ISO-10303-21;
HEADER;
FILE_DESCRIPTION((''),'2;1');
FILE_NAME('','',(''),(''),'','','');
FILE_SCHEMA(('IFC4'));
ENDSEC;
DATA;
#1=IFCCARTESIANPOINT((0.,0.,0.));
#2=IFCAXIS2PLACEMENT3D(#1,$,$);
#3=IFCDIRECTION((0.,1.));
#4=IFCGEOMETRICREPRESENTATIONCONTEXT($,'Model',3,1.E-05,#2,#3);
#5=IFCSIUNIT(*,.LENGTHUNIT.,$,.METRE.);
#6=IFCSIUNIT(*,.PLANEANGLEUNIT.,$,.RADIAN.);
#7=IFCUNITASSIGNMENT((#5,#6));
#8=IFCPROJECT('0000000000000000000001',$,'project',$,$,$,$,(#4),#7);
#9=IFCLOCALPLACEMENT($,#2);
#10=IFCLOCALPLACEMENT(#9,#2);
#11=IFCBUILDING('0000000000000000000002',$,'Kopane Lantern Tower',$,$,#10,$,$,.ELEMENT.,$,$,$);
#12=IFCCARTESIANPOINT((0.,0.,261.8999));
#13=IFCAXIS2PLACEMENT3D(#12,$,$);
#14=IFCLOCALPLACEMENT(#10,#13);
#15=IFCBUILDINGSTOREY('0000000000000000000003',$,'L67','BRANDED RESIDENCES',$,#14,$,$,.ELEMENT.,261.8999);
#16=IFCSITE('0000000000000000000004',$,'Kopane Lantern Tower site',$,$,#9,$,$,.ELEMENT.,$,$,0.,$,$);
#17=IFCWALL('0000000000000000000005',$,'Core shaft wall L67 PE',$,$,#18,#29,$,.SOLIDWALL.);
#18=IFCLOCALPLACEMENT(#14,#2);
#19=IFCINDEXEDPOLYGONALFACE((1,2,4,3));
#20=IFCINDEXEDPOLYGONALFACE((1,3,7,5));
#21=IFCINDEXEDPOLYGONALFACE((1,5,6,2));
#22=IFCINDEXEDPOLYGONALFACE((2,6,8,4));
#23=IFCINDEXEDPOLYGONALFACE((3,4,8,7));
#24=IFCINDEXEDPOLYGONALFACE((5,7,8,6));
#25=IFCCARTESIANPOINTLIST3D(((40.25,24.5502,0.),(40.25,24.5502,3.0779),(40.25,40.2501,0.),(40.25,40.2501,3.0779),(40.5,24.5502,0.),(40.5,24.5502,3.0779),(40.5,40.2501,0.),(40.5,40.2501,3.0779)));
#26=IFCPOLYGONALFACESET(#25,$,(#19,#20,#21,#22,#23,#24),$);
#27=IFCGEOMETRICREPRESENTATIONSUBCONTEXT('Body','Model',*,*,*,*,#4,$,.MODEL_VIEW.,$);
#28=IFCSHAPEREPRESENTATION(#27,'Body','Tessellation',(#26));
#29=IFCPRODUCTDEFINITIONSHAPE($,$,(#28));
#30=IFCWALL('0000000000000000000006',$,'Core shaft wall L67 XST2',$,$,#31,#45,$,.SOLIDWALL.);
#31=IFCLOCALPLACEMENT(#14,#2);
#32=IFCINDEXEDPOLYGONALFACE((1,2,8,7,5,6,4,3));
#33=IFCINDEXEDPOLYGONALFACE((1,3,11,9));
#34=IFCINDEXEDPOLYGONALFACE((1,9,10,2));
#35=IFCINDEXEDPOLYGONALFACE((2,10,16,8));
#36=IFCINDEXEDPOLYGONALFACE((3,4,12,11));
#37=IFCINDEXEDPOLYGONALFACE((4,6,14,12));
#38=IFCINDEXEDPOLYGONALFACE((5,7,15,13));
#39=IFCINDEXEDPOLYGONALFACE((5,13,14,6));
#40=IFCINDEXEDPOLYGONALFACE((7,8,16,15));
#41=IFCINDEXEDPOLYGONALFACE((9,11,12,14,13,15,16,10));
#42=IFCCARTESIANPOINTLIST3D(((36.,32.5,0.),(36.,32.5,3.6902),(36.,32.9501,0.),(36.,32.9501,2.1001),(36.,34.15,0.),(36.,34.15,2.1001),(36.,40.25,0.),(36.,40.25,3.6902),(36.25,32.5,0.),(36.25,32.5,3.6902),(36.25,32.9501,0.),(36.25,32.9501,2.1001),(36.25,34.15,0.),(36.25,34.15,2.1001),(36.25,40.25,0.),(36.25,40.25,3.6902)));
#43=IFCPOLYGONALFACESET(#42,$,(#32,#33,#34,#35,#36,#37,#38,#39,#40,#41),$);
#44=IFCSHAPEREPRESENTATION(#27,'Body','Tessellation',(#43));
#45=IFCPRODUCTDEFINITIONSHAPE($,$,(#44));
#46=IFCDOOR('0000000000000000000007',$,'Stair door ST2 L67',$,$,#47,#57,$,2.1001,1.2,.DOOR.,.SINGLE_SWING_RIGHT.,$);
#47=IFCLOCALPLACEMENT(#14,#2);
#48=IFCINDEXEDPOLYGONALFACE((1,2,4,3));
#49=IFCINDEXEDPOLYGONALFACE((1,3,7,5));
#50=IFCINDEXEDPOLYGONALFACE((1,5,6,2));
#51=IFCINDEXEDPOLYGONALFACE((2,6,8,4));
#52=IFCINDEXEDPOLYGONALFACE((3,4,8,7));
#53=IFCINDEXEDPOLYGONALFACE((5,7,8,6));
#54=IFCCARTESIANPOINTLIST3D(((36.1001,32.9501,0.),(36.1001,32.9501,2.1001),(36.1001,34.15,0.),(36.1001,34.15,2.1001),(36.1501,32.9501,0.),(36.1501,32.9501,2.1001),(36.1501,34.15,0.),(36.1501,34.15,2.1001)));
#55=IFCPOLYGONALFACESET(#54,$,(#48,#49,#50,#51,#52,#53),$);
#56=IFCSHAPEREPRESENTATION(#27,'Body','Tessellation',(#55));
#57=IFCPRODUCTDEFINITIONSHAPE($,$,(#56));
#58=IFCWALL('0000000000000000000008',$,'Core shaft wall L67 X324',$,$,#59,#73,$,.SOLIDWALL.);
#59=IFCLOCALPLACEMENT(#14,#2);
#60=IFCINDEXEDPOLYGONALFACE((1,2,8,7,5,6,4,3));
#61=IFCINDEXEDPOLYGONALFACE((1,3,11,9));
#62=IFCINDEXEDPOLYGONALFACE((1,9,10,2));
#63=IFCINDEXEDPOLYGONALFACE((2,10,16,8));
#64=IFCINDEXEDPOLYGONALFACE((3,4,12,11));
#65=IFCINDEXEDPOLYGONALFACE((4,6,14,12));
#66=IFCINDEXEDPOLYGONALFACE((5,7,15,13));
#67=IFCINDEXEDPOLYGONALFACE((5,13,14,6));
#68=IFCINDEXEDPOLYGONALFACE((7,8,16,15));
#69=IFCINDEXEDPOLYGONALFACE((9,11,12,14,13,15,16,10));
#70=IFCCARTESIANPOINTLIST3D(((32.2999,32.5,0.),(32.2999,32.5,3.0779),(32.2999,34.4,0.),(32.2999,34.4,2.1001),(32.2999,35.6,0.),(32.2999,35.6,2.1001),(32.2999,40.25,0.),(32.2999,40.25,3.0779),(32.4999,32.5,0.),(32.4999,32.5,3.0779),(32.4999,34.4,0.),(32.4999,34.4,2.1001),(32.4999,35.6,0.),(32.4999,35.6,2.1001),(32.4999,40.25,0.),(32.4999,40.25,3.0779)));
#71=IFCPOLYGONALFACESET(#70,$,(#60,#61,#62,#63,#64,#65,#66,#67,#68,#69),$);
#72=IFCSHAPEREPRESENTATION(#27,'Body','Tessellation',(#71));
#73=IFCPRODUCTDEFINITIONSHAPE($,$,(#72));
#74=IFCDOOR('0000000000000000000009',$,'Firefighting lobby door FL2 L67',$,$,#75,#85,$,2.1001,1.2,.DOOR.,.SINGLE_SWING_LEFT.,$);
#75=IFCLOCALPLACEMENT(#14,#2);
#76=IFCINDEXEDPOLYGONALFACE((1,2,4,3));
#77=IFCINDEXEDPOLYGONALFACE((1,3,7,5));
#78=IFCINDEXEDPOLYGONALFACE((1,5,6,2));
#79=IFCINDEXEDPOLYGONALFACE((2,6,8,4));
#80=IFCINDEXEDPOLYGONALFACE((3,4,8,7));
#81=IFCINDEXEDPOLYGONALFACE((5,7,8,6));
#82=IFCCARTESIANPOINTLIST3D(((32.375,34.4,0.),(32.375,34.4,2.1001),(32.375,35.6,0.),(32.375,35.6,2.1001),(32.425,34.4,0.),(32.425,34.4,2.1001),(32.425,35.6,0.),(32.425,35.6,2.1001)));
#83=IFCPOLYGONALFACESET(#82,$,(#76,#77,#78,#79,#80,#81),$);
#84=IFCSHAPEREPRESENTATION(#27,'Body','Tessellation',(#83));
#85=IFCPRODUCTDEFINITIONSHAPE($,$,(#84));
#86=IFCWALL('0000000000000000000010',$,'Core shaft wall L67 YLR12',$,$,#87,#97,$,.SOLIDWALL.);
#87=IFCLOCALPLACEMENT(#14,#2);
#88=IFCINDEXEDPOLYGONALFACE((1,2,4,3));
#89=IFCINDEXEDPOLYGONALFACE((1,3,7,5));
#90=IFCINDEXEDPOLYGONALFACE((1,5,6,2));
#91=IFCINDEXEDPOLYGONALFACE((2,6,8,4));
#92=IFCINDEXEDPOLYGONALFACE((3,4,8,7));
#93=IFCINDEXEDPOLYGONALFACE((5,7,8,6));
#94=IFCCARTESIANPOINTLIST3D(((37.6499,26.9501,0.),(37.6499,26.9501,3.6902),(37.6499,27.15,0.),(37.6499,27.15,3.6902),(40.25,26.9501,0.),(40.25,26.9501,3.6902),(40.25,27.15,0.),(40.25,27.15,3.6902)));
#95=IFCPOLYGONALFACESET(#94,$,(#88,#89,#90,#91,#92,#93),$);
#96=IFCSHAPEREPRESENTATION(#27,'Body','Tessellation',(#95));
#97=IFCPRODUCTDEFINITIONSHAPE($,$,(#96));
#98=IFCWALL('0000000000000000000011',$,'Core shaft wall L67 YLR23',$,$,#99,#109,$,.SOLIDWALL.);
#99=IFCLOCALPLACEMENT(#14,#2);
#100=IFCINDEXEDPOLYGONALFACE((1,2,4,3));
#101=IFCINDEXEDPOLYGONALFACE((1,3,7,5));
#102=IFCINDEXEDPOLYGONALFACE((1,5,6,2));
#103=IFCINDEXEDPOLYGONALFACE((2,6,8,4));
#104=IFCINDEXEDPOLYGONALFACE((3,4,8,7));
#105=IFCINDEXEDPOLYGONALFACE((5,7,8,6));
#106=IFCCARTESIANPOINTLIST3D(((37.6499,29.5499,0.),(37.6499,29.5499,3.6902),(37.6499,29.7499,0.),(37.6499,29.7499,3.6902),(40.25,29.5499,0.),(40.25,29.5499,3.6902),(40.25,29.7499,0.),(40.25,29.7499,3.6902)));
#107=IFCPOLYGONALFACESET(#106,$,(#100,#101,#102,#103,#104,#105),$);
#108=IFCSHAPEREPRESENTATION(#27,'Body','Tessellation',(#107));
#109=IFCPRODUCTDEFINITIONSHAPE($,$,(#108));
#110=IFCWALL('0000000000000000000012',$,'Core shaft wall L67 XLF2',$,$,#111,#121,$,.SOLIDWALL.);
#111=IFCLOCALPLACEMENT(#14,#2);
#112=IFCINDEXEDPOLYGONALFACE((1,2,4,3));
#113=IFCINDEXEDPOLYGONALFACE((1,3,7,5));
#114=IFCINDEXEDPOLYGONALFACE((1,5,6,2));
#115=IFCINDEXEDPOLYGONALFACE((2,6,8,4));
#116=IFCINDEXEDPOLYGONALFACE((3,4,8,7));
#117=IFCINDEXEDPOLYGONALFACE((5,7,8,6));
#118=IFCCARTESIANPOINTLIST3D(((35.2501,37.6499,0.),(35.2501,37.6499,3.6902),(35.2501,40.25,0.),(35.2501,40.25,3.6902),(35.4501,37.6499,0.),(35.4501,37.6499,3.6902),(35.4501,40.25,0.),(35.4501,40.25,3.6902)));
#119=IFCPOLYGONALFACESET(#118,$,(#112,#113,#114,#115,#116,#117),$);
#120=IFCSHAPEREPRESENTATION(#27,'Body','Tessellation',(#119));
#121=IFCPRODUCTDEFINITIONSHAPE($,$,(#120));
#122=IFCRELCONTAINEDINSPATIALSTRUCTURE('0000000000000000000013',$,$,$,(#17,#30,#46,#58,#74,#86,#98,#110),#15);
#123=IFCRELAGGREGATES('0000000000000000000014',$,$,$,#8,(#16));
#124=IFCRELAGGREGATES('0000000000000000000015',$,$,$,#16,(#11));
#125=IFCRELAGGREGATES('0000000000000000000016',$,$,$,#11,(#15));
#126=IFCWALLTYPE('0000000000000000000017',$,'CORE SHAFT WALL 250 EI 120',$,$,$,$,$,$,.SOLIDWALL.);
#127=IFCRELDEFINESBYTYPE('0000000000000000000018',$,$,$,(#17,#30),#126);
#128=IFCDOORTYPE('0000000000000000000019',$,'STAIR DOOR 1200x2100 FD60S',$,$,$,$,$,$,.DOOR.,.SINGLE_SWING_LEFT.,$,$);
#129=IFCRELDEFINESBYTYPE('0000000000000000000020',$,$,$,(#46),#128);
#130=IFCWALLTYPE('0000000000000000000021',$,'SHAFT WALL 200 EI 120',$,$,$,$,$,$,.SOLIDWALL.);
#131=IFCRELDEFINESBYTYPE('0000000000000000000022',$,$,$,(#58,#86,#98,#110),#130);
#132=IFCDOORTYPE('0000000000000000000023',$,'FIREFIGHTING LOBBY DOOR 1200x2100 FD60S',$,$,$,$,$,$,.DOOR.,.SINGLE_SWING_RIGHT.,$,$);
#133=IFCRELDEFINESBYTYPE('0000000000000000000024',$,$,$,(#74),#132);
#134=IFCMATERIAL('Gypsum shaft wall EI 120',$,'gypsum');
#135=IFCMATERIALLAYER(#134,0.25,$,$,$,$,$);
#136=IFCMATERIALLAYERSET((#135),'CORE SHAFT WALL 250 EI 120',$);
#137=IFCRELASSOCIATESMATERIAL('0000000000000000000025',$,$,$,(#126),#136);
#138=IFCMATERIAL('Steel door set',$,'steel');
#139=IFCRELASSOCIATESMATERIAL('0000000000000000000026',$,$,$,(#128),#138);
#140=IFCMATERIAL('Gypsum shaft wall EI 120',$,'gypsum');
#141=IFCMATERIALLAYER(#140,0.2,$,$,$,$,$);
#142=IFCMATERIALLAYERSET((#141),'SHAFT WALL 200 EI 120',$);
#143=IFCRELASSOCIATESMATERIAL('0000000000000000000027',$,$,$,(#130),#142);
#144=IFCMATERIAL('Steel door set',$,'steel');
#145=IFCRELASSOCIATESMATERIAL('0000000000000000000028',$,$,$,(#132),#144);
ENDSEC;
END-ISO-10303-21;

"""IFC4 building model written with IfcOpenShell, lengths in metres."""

from ifc_helpers import new_model, si_unit, direction, frame, frame_2d, origin, place, context, subcontext, project, spatial, rectangle, extrude, material, layer, layer_set, type_object, element, fill, save


model = new_model("IFC4")

# Units and contexts
model_context = context("Model", 3, precision=1e-05, world=origin(), true_north=direction((0.0, 1.0)))
body_context = subcontext(model_context, "Body", "Model", "MODEL_VIEW")
ifc_project = project(units=[si_unit("LENGTHUNIT", "METRE"), si_unit("PLANEANGLEUNIT", "RADIAN")], contexts=[model_context])

# Site, building, storey
site_placement = place(None, origin())
site = spatial("IfcSite", under=ifc_project, at=site_placement, Name="Kopane Lantern Tower site", CompositionType="ELEMENT", RefElevation=0.0)
building_placement = place(site_placement, origin())
building = spatial("IfcBuilding", under=site, at=building_placement, Name="Kopane Lantern Tower", CompositionType="ELEMENT")
storey_placement = place(building_placement, frame((0.0, 0.0, 261.8999)))
storey = spatial("IfcBuildingStorey", under=building, at=storey_placement, Name="L67", Description="BRANDED RESIDENCES", CompositionType="ELEMENT", Elevation=261.8999)

# Wall
ifc_material_1 = material(Name="Gypsum shaft wall EI 120", Category="gypsum")
ifc_layer_1 = layer(ifc_material_1, 0.25)
ifc_layer_set_1 = layer_set([ifc_layer_1], Name="CORE SHAFT WALL 250 EI 120")
wall_type_1 = type_object("IfcWallType", Name="CORE SHAFT WALL 250 EI 120", PredefinedType="SOLIDWALL", material=ifc_layer_set_1)
wall_1_placement = place(storey_placement, frame((40.375, 24.55, 0.0), z_axis=(0.0, 0.0, 1.0), x_axis=(0.0, 1.0, 0.0)))
element("IfcWall", 1, at=wall_1_placement, inside=storey, type_object=wall_type_1, Name="Core shaft wall L67 PE", PredefinedType="SOLIDWALL", context=body_context, shape_type="SweptSolid", body=[
    extrude(rectangle(XDim=15.7, YDim=0.25, at=frame_2d((7.8501, 0.0))), origin(), (0.0, 0.0, 1.0), 3.0779),
])

# Walls, openings, doors
wall_2_placement = place(storey_placement, frame((36.125, 32.5, 0.0), z_axis=(0.0, 0.0, 1.0), x_axis=(0.0, 1.0, 0.0)))
wall_2 = element("IfcWall", 2, at=wall_2_placement, inside=storey, type_object=wall_type_1, Name="Core shaft wall L67 XST2", PredefinedType="SOLIDWALL", context=body_context, shape_type="SweptSolid", body=[
    extrude(rectangle(XDim=7.75, YDim=0.25, at=frame_2d((3.875, 0.0))), origin(), (0.0, 0.0, 1.0), 3.6902),
])
opening_1_placement = place(wall_2_placement, frame((0.45, 0.0, 0.0)))
opening_1 = element("IfcOpeningElement", 3, at=opening_1_placement, cuts=wall_2, PredefinedType="OPENING", context=body_context, shape_type="SweptSolid", body=[
    extrude(rectangle(XDim=1.2, YDim=2.1001, at=frame_2d((0.6001, 1.05))), frame((0.0, 0.135, 0.0), z_axis=(0.0, -1.0, 0.0), x_axis=(1.0, 0.0, 0.0)), (0.0, 0.0, 1.0), 0.27),
])
ifc_material_2 = material(Name="Steel door set", Category="steel")
door_type_1 = type_object("IfcDoorType", Name="STAIR DOOR 1200x2100 FD60S", OperationType="SINGLE_SWING_LEFT", PredefinedType="DOOR", material=ifc_material_2)
door_1_placement = place(opening_1_placement, origin())
door_1 = element("IfcDoor", 4, at=door_1_placement, inside=storey, type_object=door_type_1, Name="Stair door ST2 L67", OperationType="SINGLE_SWING_RIGHT", OverallHeight=2.1001, OverallWidth=1.2, PredefinedType="DOOR", context=body_context, shape_type="SweptSolid", body=[
    extrude(rectangle(XDim=1.2, YDim=2.1001, at=frame_2d((0.6001, 1.05))), frame((0.0, 0.0249, 0.0), z_axis=(0.0, -1.0, 0.0), x_axis=(1.0, 0.0, 0.0)), (0.0, 0.0, 1.0), 0.05),
])
fill(opening_1, door_1)
ifc_material_3 = material(Name="Gypsum shaft wall EI 120", Category="gypsum")
ifc_layer_2 = layer(ifc_material_3, 0.2)
ifc_layer_set_2 = layer_set([ifc_layer_2], Name="SHAFT WALL 200 EI 120")
wall_type_2 = type_object("IfcWallType", Name="SHAFT WALL 200 EI 120", PredefinedType="SOLIDWALL", material=ifc_layer_set_2)
wall_3_placement = place(storey_placement, frame((32.3999, 32.5, 0.0), z_axis=(0.0, 0.0, 1.0), x_axis=(0.0, 1.0, 0.0)))
wall_3 = element("IfcWall", 5, at=wall_3_placement, inside=storey, type_object=wall_type_2, Name="Core shaft wall L67 X324", PredefinedType="SOLIDWALL", context=body_context, shape_type="SweptSolid", body=[
    extrude(rectangle(XDim=7.75, YDim=0.2, at=frame_2d((3.875, 0.0))), origin(), (0.0, 0.0, 1.0), 3.0779),
])
opening_2_placement = place(wall_3_placement, frame((1.8999, 0.0, 0.0)))
opening_2 = element("IfcOpeningElement", 6, at=opening_2_placement, cuts=wall_3, PredefinedType="OPENING", context=body_context, shape_type="SweptSolid", body=[
    extrude(rectangle(XDim=1.2, YDim=2.1001, at=frame_2d((0.6001, 1.05))), frame((0.0, 0.1099, 0.0), z_axis=(0.0, -1.0, 0.0), x_axis=(1.0, 0.0, 0.0)), (0.0, 0.0, 1.0), 0.22),
])
ifc_material_4 = material(Name="Steel door set", Category="steel")
door_type_2 = type_object("IfcDoorType", Name="FIREFIGHTING LOBBY DOOR 1200x2100 FD60S", OperationType="SINGLE_SWING_RIGHT", PredefinedType="DOOR", material=ifc_material_4)
door_2_placement = place(opening_2_placement, origin())
door_2 = element("IfcDoor", 7, at=door_2_placement, inside=storey, type_object=door_type_2, Name="Firefighting lobby door FL2 L67", OperationType="SINGLE_SWING_LEFT", OverallHeight=2.1001, OverallWidth=1.2, PredefinedType="DOOR", context=body_context, shape_type="SweptSolid", body=[
    extrude(rectangle(XDim=1.2, YDim=2.1001, at=frame_2d((0.6001, 1.05))), frame((0.0, 0.0249, 0.0), z_axis=(0.0, -1.0, 0.0), x_axis=(1.0, 0.0, 0.0)), (0.0, 0.0, 1.0), 0.05),
])
fill(opening_2, door_2)

# Walls
for number, where, z_axis, x_axis, name in (
    (8, (37.6499, 27.05, 0.0), (0.0, 0.0, 1.0), (1.0, 0.0, 0.0), "Core shaft wall L67 YLR12"),
    (9, (37.6499, 29.6499, 0.0), (0.0, 0.0, 1.0), (1.0, 0.0, 0.0), "Core shaft wall L67 YLR23"),
    (10, (35.3501, 37.6499, 0.0), (0.0, 0.0, 1.0), (0.0, 1.0, 0.0), "Core shaft wall L67 XLF2"),
):
    element("IfcWall", number, at=place(storey_placement, frame(where, z_axis=z_axis, x_axis=x_axis)), inside=storey, type_object=wall_type_2, Name=name, PredefinedType="SOLIDWALL", context=body_context, shape_type="SweptSolid", body=[
        extrude(rectangle(XDim=2.6001, YDim=0.2, at=frame_2d((1.3, 0.0))), origin(), (0.0, 0.0, 1.0), 3.6902),
    ])

save(model, "model.ifc")
